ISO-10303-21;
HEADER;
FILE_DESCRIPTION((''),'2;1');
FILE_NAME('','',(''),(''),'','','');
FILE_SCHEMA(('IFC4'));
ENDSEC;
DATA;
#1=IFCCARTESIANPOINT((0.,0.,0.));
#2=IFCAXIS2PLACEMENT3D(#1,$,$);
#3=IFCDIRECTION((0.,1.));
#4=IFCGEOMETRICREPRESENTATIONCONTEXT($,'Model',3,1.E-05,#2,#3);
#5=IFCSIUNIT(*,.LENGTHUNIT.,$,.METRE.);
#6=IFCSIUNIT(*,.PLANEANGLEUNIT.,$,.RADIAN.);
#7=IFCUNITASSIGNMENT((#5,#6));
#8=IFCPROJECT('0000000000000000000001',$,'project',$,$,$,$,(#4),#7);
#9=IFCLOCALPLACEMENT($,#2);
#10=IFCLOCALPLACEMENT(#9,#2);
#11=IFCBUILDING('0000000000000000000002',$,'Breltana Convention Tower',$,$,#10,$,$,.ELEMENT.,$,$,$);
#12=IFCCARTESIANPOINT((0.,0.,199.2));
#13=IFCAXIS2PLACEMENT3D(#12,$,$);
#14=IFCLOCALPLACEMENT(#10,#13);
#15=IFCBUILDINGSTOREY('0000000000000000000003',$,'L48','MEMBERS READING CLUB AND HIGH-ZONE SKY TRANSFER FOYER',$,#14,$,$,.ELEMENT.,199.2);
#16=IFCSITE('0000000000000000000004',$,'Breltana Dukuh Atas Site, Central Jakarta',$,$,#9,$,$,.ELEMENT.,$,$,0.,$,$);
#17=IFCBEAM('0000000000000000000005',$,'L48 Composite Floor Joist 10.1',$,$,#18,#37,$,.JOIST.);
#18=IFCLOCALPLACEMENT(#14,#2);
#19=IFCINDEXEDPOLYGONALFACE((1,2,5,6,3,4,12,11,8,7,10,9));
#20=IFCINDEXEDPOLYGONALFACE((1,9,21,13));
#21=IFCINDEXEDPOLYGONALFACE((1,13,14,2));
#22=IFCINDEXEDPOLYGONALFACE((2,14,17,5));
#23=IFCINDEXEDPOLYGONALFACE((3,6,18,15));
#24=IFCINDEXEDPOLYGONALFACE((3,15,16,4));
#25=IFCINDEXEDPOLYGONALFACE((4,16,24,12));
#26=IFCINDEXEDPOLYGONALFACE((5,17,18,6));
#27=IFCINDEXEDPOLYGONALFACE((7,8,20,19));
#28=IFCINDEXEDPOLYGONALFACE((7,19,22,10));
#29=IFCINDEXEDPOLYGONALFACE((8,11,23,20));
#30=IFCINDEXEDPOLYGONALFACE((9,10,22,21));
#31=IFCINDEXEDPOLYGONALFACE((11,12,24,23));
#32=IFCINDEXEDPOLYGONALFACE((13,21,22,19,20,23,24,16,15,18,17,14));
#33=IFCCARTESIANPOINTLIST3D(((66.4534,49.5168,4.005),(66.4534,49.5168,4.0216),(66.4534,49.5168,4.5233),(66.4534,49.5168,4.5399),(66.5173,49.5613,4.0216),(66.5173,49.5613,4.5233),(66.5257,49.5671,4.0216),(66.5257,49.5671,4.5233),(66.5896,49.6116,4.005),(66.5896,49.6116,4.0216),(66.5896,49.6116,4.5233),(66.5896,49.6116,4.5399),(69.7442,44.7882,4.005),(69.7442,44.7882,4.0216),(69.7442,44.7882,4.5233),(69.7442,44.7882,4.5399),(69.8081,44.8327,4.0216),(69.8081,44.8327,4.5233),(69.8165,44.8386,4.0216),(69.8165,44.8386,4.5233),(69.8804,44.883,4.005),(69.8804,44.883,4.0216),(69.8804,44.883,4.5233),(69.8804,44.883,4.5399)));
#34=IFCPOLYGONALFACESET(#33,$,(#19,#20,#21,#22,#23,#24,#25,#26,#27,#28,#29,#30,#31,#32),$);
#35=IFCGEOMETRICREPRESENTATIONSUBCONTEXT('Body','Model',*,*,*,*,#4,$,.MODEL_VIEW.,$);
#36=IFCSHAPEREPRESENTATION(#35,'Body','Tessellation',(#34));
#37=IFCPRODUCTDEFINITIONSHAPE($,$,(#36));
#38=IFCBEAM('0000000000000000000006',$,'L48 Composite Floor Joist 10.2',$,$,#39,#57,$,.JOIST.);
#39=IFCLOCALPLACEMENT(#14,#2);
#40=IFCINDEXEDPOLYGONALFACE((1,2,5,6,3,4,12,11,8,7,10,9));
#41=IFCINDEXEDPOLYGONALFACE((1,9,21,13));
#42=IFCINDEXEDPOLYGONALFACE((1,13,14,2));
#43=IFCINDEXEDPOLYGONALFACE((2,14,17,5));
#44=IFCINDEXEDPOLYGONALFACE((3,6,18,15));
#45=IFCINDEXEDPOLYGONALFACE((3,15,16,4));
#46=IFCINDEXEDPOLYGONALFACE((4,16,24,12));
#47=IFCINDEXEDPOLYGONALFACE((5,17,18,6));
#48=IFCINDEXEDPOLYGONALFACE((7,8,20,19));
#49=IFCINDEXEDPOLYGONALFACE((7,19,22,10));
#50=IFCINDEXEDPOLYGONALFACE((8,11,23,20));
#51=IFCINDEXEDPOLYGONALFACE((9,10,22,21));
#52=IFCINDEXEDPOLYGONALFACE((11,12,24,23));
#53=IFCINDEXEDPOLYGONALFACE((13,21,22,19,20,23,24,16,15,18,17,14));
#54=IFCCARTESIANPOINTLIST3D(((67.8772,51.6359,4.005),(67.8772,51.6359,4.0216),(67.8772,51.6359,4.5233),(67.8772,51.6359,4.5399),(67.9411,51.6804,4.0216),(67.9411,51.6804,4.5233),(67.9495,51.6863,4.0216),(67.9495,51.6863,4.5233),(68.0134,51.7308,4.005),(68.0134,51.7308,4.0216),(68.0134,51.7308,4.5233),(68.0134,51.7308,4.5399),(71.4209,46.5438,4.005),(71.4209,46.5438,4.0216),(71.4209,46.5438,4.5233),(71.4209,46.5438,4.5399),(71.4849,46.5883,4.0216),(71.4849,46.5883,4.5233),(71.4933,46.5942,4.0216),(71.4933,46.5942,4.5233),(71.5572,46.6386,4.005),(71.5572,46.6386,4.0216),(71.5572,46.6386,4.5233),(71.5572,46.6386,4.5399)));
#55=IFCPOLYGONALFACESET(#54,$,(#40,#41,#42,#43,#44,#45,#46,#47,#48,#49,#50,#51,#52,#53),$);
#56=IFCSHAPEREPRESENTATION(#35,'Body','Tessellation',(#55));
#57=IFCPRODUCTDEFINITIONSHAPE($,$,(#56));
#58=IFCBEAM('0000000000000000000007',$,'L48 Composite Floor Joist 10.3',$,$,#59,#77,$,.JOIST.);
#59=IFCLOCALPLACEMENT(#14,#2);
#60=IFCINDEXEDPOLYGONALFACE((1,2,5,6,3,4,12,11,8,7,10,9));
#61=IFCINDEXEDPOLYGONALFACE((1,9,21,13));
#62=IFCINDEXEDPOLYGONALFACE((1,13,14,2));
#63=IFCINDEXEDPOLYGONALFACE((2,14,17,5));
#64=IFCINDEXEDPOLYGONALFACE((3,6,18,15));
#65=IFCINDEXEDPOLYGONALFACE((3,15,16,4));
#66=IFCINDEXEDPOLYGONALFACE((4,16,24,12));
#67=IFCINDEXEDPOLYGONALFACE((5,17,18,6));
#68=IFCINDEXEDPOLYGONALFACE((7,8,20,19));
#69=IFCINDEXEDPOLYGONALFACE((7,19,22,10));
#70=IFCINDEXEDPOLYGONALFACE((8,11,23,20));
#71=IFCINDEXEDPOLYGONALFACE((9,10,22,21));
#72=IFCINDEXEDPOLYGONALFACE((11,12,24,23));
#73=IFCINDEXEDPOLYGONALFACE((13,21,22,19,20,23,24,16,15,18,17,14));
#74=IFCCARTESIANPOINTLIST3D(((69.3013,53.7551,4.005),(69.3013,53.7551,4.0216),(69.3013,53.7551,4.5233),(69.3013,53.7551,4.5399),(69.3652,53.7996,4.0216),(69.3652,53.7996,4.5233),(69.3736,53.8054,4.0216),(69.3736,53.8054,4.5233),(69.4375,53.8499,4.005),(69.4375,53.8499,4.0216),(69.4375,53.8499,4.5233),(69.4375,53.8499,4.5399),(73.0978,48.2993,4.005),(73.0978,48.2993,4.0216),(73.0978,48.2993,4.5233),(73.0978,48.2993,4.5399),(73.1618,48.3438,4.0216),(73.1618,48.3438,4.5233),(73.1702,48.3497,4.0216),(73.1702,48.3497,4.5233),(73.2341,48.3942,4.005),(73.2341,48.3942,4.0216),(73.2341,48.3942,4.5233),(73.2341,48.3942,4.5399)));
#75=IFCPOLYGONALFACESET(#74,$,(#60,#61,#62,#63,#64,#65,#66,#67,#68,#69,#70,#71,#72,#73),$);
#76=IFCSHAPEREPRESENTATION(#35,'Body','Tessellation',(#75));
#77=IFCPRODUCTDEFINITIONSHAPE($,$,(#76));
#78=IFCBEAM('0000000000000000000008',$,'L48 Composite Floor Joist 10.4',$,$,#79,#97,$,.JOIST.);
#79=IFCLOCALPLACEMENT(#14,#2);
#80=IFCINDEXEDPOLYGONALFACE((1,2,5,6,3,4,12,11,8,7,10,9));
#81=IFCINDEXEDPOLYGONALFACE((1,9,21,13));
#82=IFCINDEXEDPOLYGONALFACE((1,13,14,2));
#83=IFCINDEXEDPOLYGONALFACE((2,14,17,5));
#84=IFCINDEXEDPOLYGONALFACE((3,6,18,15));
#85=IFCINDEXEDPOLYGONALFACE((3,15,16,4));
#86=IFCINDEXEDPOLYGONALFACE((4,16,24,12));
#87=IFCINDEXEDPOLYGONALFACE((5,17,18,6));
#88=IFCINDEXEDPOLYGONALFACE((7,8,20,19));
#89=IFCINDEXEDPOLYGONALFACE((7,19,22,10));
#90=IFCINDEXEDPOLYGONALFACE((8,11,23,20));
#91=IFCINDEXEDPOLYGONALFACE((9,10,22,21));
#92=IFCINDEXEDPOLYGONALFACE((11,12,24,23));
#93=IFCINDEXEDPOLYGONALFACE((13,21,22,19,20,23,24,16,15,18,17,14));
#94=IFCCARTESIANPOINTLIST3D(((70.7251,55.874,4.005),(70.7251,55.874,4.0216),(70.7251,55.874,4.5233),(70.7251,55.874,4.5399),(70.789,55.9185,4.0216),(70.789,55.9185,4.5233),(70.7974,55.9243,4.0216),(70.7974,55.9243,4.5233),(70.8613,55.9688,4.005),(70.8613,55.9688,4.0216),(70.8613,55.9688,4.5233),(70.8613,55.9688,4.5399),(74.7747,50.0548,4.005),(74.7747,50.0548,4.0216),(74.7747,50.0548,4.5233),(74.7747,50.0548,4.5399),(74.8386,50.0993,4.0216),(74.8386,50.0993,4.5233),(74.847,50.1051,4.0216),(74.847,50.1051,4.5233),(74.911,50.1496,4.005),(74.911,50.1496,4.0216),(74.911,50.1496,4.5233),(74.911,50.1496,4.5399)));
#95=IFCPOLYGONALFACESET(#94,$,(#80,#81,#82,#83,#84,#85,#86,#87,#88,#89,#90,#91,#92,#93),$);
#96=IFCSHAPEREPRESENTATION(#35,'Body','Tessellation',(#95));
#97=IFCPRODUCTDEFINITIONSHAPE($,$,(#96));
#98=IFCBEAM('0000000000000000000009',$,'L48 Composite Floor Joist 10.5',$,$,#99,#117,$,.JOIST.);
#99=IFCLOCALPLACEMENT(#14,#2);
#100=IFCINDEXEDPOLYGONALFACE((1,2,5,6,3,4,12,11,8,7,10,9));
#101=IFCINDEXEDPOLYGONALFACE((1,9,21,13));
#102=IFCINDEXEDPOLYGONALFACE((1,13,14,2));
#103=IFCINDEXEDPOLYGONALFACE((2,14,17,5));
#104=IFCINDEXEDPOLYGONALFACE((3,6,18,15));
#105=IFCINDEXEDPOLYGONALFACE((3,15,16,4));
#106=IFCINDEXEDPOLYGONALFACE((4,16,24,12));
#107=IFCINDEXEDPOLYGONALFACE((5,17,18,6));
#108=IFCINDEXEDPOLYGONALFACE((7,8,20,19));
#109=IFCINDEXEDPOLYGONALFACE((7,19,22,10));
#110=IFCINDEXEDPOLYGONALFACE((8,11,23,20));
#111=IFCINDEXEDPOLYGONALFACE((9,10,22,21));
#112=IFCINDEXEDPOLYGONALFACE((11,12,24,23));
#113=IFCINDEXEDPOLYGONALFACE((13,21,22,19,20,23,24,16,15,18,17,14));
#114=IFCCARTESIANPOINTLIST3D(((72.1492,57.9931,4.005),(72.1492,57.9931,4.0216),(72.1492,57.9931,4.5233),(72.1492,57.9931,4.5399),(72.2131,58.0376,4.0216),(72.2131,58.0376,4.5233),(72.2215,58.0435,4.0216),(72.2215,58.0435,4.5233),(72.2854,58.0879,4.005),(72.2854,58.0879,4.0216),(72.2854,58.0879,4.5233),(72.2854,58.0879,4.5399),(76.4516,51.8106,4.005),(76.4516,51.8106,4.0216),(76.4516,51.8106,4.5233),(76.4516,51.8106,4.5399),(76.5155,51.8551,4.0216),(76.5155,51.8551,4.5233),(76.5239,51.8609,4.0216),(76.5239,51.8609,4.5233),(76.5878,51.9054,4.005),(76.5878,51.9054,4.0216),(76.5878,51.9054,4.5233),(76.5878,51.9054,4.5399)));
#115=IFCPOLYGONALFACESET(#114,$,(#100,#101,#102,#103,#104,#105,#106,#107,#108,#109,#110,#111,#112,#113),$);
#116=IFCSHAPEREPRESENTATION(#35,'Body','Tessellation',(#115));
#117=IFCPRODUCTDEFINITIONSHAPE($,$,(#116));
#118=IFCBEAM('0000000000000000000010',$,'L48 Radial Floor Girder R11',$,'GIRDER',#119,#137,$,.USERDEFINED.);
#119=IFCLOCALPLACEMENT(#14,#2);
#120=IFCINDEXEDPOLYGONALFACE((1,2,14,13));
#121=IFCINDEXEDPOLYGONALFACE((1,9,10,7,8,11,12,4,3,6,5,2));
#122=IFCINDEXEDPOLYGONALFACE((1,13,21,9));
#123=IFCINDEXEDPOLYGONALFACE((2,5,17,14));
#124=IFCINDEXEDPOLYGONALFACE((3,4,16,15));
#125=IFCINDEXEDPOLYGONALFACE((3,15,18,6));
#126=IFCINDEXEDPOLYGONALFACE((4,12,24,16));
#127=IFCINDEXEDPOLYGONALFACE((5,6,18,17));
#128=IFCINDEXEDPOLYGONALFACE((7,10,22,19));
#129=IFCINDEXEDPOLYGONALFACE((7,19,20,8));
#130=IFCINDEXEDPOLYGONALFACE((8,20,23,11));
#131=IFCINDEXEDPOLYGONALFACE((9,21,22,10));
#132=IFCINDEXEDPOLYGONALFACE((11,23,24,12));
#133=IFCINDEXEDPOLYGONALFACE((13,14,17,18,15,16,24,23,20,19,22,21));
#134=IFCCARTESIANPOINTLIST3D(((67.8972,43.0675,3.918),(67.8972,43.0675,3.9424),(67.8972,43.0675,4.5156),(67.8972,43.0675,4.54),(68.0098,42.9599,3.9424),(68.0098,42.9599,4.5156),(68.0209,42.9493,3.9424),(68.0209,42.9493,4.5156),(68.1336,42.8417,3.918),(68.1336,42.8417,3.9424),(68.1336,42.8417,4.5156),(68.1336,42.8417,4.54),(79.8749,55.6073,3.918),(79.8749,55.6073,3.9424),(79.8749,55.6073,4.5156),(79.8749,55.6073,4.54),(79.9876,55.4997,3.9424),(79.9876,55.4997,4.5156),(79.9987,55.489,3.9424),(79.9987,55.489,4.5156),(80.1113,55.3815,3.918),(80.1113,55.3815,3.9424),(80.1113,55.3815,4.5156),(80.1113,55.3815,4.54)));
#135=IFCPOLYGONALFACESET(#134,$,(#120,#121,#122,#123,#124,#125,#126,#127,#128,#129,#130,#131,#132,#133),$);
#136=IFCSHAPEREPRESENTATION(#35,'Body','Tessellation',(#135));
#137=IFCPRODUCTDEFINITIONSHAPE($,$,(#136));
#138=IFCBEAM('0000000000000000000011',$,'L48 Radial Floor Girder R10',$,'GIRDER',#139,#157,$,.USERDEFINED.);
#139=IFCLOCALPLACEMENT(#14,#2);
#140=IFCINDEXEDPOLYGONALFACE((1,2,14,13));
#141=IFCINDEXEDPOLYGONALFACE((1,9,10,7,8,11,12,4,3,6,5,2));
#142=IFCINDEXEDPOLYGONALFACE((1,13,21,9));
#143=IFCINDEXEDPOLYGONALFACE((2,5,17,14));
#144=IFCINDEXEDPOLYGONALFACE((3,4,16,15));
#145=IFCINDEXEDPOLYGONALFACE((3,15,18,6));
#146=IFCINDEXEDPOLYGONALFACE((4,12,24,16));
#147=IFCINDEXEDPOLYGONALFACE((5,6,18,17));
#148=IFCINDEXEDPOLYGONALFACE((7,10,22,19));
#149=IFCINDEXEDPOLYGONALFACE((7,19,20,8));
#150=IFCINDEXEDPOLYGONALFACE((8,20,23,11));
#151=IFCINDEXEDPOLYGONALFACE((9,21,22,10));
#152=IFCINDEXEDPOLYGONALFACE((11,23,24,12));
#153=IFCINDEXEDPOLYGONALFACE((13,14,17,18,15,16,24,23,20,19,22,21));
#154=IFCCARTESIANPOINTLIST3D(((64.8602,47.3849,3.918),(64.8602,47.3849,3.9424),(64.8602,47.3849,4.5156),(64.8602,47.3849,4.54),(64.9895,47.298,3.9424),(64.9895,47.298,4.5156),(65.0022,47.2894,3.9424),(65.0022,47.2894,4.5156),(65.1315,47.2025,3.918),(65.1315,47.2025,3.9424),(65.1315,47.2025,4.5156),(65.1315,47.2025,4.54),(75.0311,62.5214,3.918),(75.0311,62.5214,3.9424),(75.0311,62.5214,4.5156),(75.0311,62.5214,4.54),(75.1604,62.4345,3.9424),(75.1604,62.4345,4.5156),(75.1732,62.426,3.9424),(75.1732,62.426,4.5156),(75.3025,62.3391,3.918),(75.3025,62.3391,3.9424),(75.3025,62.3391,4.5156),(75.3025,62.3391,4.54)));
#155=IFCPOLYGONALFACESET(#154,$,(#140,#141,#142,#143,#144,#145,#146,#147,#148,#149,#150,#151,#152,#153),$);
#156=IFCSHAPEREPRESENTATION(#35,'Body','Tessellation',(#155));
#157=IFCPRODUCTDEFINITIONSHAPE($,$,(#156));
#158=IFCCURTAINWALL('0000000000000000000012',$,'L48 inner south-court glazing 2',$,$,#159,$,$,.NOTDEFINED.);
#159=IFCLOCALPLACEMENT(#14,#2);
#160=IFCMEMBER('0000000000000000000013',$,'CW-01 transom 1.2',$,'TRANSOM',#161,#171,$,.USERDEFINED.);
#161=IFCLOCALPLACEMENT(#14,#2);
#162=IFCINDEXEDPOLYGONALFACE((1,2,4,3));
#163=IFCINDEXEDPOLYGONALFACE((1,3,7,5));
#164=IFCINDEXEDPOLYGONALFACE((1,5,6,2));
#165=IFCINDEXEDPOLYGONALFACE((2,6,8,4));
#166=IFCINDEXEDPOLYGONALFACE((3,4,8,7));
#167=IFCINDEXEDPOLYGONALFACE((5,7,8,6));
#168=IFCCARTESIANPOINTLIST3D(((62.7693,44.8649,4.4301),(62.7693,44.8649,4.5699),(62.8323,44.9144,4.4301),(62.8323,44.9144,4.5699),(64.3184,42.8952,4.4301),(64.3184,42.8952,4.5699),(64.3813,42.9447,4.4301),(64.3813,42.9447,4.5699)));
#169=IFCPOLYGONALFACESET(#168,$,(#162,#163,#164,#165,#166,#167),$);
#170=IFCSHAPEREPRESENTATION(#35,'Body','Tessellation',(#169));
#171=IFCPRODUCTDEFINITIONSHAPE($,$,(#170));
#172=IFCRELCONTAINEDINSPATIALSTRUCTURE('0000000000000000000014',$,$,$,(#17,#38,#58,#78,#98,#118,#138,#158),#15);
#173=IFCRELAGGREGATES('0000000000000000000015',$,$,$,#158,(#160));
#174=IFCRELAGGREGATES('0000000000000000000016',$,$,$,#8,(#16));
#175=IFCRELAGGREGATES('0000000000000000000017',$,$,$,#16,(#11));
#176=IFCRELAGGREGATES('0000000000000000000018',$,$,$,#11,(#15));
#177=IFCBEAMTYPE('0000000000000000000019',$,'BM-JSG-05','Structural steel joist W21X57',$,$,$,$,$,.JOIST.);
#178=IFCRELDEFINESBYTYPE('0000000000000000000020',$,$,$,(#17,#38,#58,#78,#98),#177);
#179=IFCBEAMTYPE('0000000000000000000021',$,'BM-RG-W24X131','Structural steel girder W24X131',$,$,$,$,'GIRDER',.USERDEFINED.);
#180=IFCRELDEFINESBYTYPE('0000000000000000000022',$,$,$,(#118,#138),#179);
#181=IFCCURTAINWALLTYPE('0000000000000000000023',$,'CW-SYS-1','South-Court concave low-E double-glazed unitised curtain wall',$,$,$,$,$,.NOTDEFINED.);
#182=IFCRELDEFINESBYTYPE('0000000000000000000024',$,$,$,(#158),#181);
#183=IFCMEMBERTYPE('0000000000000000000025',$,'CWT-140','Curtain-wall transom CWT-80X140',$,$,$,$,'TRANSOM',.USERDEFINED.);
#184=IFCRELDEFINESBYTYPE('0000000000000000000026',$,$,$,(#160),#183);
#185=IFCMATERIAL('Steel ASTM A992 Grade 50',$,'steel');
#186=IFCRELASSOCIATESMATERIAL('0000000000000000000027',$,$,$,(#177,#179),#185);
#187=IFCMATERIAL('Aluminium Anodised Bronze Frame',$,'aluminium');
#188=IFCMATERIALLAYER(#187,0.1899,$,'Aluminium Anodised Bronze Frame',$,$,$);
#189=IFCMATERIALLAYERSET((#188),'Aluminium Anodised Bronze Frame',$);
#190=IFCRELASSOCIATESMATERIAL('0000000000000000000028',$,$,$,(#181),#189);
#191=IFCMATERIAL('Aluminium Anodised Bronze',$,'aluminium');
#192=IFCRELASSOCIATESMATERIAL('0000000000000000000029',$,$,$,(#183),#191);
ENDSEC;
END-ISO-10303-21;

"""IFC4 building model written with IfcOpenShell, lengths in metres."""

from ifc_helpers import new_model, si_unit, direction, frame, origin, origin_2d, place, context, subcontext, project, spatial, rectangle, i_section, extrude, source, transform, mapped, material, layer, layer_set, material_profile, profile_set, type_object, type_shapes, element, aggregate, save


model = new_model("IFC4")

# Units and contexts
model_context = context("Model", 3, precision=1e-05, world=origin(), true_north=direction((0.0, 1.0)))
body_context = subcontext(model_context, "Body", "Model", "MODEL_VIEW")
ifc_project = project(units=[si_unit("LENGTHUNIT", "METRE"), si_unit("PLANEANGLEUNIT", "RADIAN")], contexts=[model_context])

# Site, building, storey
site_placement = place(None, origin())
site = spatial("IfcSite", under=ifc_project, at=site_placement, Name="Breltana Dukuh Atas Site, Central Jakarta", CompositionType="ELEMENT", RefElevation=0.0)
building_placement = place(site_placement, origin())
building = spatial("IfcBuilding", under=site, at=building_placement, Name="Breltana Convention Tower", CompositionType="ELEMENT")
storey_placement = place(building_placement, frame((0.0, 0.0, 199.2)))
storey = spatial("IfcBuildingStorey", under=building, at=storey_placement, Name="L48", Description="MEMBERS READING CLUB AND HIGH-ZONE SKY TRANSFER FOYER", CompositionType="ELEMENT", Elevation=199.2)

# Shared definitions
ifc_material_1 = material(Name="Steel ASTM A992 Grade 50", Category="steel")

# Beams
ifc_material_profile_1 = material_profile(ifc_material_1, i_section(OverallWidth=0.166, OverallDepth=0.5349, WebThickness=0.0103, FlangeThickness=0.0166, at=origin_2d()), Name="W21X57")
ifc_profile_set_1 = profile_set([ifc_material_profile_1], Name="Steel ASTM A992 Grade 50")
beam_type_1 = type_object("IfcBeamType", Name="BM-JSG-05", Description="Structural steel joist W21X57", PredefinedType="JOIST", material=ifc_profile_set_1)
shared_shape_1 = source(origin(), body_context, "Body", "SweptSolid", [
    extrude(i_section(OverallWidth=0.166, OverallDepth=0.5349, WebThickness=0.0103, FlangeThickness=0.0166, at=origin_2d()), origin(), (0.0, 0.0, 1.0), 5.761),
])
beam_1_placement = place(storey_placement, frame((66.5215, 49.5642, 4.2725), z_axis=(0.571225, -0.820794, 0.0), x_axis=(0.820794, 0.571225, 0.0)))
element("IfcBeam", 1, at=beam_1_placement, inside=storey, type_object=beam_type_1, Name="L48 Composite Floor Joist 10.1", PredefinedType="JOIST", context=body_context, shape_type="MappedRepresentation", body=[
    mapped(shared_shape_1, transform((0.0, 0.0, 0.0), scale=1.0)),
])
shared_shape_2 = source(origin(), body_context, "Body", "SweptSolid", [
    extrude(i_section(OverallWidth=0.166, OverallDepth=0.5349, WebThickness=0.0103, FlangeThickness=0.0166, at=origin_2d()), origin(), (0.0, 0.0, 1.0), 6.2039),
])
beam_2_placement = place(storey_placement, frame((67.9453, 51.6833, 4.2725), z_axis=(0.571218, -0.820799, 0.0), x_axis=(0.820799, 0.571218, 0.0)))
element("IfcBeam", 2, at=beam_2_placement, inside=storey, type_object=beam_type_1, Name="L48 Composite Floor Joist 10.2", PredefinedType="JOIST", context=body_context, shape_type="MappedRepresentation", body=[
    mapped(shared_shape_2, transform((0.0, 0.0, 0.0), scale=1.0)),
])
shared_shape_3 = source(origin(), body_context, "Body", "SweptSolid", [
    extrude(i_section(OverallWidth=0.166, OverallDepth=0.5349, WebThickness=0.0103, FlangeThickness=0.0166, at=origin_2d()), origin(), (0.0, 0.0, 1.0), 6.6467),
])
beam_3_placement = place(storey_placement, frame((69.3694, 53.8025, 4.2725), z_axis=(0.571195, -0.820815, 0.0), x_axis=(0.820815, 0.571195, 0.0)))
element("IfcBeam", 3, at=beam_3_placement, inside=storey, type_object=beam_type_1, Name="L48 Composite Floor Joist 10.3", PredefinedType="JOIST", context=body_context, shape_type="MappedRepresentation", body=[
    mapped(shared_shape_3, transform((0.0, 0.0, 0.0), scale=1.0)),
])
shared_shape_4 = source(origin(), body_context, "Body", "SweptSolid", [
    extrude(i_section(OverallWidth=0.166, OverallDepth=0.5349, WebThickness=0.0103, FlangeThickness=0.0166, at=origin_2d()), origin(), (0.0, 0.0, 1.0), 7.0896),
])
beam_4_placement = place(storey_placement, frame((70.7932, 55.9214, 4.2725), z_axis=(0.571207, -0.820806, 0.0), x_axis=(0.820806, 0.571207, 0.0)))
element("IfcBeam", 4, at=beam_4_placement, inside=storey, type_object=beam_type_1, Name="L48 Composite Floor Joist 10.4", PredefinedType="JOIST", context=body_context, shape_type="MappedRepresentation", body=[
    mapped(shared_shape_4, transform((0.0, 0.0, 0.0), scale=1.0)),
])
shared_shape_5 = source(origin(), body_context, "Body", "SweptSolid", [
    extrude(i_section(OverallWidth=0.166, OverallDepth=0.5349, WebThickness=0.0103, FlangeThickness=0.0166, at=origin_2d()), origin(), (0.0, 0.0, 1.0), 7.5322),
])
beam_5_placement = place(storey_placement, frame((72.2173, 58.0405, 4.2725), z_axis=(0.571202, -0.820809, 0.0), x_axis=(0.820809, 0.571202, 0.0)))
element("IfcBeam", 5, at=beam_5_placement, inside=storey, type_object=beam_type_1, Name="L48 Composite Floor Joist 10.5", PredefinedType="JOIST", context=body_context, shape_type="MappedRepresentation", body=[
    mapped(shared_shape_5, transform((0.0, 0.0, 0.0), scale=1.0)),
])
ifc_material_profile_2 = material_profile(ifc_material_1, i_section(OverallWidth=0.3269, OverallDepth=0.6221, WebThickness=0.0154, FlangeThickness=0.0244, at=origin_2d()), Name="W24X131")
ifc_profile_set_2 = profile_set([ifc_material_profile_2], Name="Steel ASTM A992 Grade 50")
beam_type_2 = type_object("IfcBeamType", Name="BM-RG-W24X131", Description="Structural steel girder W24X131", ElementType="GIRDER", PredefinedType="USERDEFINED", material=ifc_profile_set_2)
shared_shape_6 = source(origin(), body_context, "Body", "SweptSolid", [
    extrude(i_section(OverallWidth=0.3269, OverallDepth=0.6221, WebThickness=0.0154, FlangeThickness=0.0244, at=origin_2d()), origin(), (0.0, 0.0, 1.0), 17.3411),
])
type_shapes(beam_type_2, [shared_shape_6])
beam_6_placement = place(storey_placement, frame((68.0154, 42.9546, 4.229), z_axis=(0.690716, 0.723126, 0.0), x_axis=(-0.723126, 0.690716, 0.0)))
element("IfcBeam", 6, at=beam_6_placement, inside=storey, type_object=beam_type_2, Name="L48 Radial Floor Girder R11", ObjectType="GIRDER", PredefinedType="USERDEFINED", context=body_context, shape_type="MappedRepresentation", body=[
    mapped(shared_shape_6, transform((0.0, 0.0, 0.0), scale=1.0)),
])
shared_shape_7 = source(origin(), body_context, "Body", "SweptSolid", [
    extrude(i_section(OverallWidth=0.3269, OverallDepth=0.6221, WebThickness=0.0154, FlangeThickness=0.0244, at=origin_2d()), origin(), (0.0, 0.0, 1.0), 18.2363),
])
beam_7_placement = place(storey_placement, frame((64.9958, 47.2937, 4.229), z_axis=(0.55773, 0.830022, 0.0), x_axis=(-0.830022, 0.55773, 0.0)))
element("IfcBeam", 7, at=beam_7_placement, inside=storey, type_object=beam_type_2, Name="L48 Radial Floor Girder R10", ObjectType="GIRDER", PredefinedType="USERDEFINED", context=body_context, shape_type="MappedRepresentation", body=[
    mapped(shared_shape_7, transform((0.0, 0.0, 0.0), scale=1.0)),
])

# Curtain wall, member
ifc_material_2 = material(Name="Aluminium Anodised Bronze Frame", Category="aluminium")
ifc_layer_1 = layer(ifc_material_2, 0.1899, Name="Aluminium Anodised Bronze Frame")
ifc_layer_set_1 = layer_set([ifc_layer_1], Name="Aluminium Anodised Bronze Frame")
curtain_wall_type = type_object("IfcCurtainWallType", Name="CW-SYS-1", Description="South-Court concave low-E double-glazed unitised curtain wall", PredefinedType="NOTDEFINED", material=ifc_layer_set_1)
curtain_wall_placement = place(storey_placement, origin())
curtain_wall = element("IfcCurtainWall", 8, at=curtain_wall_placement, inside=storey, type_object=curtain_wall_type, Name="L48 inner south-court glazing 2", PredefinedType="NOTDEFINED")
ifc_material_3 = material(Name="Aluminium Anodised Bronze", Category="aluminium")
ifc_material_profile_3 = material_profile(ifc_material_3, rectangle(XDim=0.0801, YDim=0.1399, at=origin_2d()), Name="CWT-80X140")
ifc_profile_set_3 = profile_set([ifc_material_profile_3], Name="Aluminium Anodised Bronze")
member_type = type_object("IfcMemberType", Name="CWT-140", Description="Curtain-wall transom CWT-80X140", ElementType="TRANSOM", PredefinedType="USERDEFINED", material=ifc_profile_set_3)
shared_shape_8 = source(origin(), body_context, "Body", "SweptSolid", [
    extrude(rectangle(XDim=0.0801, YDim=0.1399, at=origin_2d()), origin(), (0.0, 0.0, 1.0), 2.5059),
])
member_placement = place(storey_placement, frame((64.3499, 42.9199, 4.5), z_axis=(-0.618174, 0.786041, 0.0), x_axis=(-0.786041, -0.618174, 0.0)))
member = element("IfcMember", 9, at=member_placement, type_object=member_type, Name="CW-01 transom 1.2", ObjectType="TRANSOM", PredefinedType="USERDEFINED", context=body_context, shape_type="MappedRepresentation", body=[
    mapped(shared_shape_8, transform((0.0, 0.0, 0.0), scale=1.0)),
])
aggregate(curtain_wall, [member])

save(model, "model.ifc")
